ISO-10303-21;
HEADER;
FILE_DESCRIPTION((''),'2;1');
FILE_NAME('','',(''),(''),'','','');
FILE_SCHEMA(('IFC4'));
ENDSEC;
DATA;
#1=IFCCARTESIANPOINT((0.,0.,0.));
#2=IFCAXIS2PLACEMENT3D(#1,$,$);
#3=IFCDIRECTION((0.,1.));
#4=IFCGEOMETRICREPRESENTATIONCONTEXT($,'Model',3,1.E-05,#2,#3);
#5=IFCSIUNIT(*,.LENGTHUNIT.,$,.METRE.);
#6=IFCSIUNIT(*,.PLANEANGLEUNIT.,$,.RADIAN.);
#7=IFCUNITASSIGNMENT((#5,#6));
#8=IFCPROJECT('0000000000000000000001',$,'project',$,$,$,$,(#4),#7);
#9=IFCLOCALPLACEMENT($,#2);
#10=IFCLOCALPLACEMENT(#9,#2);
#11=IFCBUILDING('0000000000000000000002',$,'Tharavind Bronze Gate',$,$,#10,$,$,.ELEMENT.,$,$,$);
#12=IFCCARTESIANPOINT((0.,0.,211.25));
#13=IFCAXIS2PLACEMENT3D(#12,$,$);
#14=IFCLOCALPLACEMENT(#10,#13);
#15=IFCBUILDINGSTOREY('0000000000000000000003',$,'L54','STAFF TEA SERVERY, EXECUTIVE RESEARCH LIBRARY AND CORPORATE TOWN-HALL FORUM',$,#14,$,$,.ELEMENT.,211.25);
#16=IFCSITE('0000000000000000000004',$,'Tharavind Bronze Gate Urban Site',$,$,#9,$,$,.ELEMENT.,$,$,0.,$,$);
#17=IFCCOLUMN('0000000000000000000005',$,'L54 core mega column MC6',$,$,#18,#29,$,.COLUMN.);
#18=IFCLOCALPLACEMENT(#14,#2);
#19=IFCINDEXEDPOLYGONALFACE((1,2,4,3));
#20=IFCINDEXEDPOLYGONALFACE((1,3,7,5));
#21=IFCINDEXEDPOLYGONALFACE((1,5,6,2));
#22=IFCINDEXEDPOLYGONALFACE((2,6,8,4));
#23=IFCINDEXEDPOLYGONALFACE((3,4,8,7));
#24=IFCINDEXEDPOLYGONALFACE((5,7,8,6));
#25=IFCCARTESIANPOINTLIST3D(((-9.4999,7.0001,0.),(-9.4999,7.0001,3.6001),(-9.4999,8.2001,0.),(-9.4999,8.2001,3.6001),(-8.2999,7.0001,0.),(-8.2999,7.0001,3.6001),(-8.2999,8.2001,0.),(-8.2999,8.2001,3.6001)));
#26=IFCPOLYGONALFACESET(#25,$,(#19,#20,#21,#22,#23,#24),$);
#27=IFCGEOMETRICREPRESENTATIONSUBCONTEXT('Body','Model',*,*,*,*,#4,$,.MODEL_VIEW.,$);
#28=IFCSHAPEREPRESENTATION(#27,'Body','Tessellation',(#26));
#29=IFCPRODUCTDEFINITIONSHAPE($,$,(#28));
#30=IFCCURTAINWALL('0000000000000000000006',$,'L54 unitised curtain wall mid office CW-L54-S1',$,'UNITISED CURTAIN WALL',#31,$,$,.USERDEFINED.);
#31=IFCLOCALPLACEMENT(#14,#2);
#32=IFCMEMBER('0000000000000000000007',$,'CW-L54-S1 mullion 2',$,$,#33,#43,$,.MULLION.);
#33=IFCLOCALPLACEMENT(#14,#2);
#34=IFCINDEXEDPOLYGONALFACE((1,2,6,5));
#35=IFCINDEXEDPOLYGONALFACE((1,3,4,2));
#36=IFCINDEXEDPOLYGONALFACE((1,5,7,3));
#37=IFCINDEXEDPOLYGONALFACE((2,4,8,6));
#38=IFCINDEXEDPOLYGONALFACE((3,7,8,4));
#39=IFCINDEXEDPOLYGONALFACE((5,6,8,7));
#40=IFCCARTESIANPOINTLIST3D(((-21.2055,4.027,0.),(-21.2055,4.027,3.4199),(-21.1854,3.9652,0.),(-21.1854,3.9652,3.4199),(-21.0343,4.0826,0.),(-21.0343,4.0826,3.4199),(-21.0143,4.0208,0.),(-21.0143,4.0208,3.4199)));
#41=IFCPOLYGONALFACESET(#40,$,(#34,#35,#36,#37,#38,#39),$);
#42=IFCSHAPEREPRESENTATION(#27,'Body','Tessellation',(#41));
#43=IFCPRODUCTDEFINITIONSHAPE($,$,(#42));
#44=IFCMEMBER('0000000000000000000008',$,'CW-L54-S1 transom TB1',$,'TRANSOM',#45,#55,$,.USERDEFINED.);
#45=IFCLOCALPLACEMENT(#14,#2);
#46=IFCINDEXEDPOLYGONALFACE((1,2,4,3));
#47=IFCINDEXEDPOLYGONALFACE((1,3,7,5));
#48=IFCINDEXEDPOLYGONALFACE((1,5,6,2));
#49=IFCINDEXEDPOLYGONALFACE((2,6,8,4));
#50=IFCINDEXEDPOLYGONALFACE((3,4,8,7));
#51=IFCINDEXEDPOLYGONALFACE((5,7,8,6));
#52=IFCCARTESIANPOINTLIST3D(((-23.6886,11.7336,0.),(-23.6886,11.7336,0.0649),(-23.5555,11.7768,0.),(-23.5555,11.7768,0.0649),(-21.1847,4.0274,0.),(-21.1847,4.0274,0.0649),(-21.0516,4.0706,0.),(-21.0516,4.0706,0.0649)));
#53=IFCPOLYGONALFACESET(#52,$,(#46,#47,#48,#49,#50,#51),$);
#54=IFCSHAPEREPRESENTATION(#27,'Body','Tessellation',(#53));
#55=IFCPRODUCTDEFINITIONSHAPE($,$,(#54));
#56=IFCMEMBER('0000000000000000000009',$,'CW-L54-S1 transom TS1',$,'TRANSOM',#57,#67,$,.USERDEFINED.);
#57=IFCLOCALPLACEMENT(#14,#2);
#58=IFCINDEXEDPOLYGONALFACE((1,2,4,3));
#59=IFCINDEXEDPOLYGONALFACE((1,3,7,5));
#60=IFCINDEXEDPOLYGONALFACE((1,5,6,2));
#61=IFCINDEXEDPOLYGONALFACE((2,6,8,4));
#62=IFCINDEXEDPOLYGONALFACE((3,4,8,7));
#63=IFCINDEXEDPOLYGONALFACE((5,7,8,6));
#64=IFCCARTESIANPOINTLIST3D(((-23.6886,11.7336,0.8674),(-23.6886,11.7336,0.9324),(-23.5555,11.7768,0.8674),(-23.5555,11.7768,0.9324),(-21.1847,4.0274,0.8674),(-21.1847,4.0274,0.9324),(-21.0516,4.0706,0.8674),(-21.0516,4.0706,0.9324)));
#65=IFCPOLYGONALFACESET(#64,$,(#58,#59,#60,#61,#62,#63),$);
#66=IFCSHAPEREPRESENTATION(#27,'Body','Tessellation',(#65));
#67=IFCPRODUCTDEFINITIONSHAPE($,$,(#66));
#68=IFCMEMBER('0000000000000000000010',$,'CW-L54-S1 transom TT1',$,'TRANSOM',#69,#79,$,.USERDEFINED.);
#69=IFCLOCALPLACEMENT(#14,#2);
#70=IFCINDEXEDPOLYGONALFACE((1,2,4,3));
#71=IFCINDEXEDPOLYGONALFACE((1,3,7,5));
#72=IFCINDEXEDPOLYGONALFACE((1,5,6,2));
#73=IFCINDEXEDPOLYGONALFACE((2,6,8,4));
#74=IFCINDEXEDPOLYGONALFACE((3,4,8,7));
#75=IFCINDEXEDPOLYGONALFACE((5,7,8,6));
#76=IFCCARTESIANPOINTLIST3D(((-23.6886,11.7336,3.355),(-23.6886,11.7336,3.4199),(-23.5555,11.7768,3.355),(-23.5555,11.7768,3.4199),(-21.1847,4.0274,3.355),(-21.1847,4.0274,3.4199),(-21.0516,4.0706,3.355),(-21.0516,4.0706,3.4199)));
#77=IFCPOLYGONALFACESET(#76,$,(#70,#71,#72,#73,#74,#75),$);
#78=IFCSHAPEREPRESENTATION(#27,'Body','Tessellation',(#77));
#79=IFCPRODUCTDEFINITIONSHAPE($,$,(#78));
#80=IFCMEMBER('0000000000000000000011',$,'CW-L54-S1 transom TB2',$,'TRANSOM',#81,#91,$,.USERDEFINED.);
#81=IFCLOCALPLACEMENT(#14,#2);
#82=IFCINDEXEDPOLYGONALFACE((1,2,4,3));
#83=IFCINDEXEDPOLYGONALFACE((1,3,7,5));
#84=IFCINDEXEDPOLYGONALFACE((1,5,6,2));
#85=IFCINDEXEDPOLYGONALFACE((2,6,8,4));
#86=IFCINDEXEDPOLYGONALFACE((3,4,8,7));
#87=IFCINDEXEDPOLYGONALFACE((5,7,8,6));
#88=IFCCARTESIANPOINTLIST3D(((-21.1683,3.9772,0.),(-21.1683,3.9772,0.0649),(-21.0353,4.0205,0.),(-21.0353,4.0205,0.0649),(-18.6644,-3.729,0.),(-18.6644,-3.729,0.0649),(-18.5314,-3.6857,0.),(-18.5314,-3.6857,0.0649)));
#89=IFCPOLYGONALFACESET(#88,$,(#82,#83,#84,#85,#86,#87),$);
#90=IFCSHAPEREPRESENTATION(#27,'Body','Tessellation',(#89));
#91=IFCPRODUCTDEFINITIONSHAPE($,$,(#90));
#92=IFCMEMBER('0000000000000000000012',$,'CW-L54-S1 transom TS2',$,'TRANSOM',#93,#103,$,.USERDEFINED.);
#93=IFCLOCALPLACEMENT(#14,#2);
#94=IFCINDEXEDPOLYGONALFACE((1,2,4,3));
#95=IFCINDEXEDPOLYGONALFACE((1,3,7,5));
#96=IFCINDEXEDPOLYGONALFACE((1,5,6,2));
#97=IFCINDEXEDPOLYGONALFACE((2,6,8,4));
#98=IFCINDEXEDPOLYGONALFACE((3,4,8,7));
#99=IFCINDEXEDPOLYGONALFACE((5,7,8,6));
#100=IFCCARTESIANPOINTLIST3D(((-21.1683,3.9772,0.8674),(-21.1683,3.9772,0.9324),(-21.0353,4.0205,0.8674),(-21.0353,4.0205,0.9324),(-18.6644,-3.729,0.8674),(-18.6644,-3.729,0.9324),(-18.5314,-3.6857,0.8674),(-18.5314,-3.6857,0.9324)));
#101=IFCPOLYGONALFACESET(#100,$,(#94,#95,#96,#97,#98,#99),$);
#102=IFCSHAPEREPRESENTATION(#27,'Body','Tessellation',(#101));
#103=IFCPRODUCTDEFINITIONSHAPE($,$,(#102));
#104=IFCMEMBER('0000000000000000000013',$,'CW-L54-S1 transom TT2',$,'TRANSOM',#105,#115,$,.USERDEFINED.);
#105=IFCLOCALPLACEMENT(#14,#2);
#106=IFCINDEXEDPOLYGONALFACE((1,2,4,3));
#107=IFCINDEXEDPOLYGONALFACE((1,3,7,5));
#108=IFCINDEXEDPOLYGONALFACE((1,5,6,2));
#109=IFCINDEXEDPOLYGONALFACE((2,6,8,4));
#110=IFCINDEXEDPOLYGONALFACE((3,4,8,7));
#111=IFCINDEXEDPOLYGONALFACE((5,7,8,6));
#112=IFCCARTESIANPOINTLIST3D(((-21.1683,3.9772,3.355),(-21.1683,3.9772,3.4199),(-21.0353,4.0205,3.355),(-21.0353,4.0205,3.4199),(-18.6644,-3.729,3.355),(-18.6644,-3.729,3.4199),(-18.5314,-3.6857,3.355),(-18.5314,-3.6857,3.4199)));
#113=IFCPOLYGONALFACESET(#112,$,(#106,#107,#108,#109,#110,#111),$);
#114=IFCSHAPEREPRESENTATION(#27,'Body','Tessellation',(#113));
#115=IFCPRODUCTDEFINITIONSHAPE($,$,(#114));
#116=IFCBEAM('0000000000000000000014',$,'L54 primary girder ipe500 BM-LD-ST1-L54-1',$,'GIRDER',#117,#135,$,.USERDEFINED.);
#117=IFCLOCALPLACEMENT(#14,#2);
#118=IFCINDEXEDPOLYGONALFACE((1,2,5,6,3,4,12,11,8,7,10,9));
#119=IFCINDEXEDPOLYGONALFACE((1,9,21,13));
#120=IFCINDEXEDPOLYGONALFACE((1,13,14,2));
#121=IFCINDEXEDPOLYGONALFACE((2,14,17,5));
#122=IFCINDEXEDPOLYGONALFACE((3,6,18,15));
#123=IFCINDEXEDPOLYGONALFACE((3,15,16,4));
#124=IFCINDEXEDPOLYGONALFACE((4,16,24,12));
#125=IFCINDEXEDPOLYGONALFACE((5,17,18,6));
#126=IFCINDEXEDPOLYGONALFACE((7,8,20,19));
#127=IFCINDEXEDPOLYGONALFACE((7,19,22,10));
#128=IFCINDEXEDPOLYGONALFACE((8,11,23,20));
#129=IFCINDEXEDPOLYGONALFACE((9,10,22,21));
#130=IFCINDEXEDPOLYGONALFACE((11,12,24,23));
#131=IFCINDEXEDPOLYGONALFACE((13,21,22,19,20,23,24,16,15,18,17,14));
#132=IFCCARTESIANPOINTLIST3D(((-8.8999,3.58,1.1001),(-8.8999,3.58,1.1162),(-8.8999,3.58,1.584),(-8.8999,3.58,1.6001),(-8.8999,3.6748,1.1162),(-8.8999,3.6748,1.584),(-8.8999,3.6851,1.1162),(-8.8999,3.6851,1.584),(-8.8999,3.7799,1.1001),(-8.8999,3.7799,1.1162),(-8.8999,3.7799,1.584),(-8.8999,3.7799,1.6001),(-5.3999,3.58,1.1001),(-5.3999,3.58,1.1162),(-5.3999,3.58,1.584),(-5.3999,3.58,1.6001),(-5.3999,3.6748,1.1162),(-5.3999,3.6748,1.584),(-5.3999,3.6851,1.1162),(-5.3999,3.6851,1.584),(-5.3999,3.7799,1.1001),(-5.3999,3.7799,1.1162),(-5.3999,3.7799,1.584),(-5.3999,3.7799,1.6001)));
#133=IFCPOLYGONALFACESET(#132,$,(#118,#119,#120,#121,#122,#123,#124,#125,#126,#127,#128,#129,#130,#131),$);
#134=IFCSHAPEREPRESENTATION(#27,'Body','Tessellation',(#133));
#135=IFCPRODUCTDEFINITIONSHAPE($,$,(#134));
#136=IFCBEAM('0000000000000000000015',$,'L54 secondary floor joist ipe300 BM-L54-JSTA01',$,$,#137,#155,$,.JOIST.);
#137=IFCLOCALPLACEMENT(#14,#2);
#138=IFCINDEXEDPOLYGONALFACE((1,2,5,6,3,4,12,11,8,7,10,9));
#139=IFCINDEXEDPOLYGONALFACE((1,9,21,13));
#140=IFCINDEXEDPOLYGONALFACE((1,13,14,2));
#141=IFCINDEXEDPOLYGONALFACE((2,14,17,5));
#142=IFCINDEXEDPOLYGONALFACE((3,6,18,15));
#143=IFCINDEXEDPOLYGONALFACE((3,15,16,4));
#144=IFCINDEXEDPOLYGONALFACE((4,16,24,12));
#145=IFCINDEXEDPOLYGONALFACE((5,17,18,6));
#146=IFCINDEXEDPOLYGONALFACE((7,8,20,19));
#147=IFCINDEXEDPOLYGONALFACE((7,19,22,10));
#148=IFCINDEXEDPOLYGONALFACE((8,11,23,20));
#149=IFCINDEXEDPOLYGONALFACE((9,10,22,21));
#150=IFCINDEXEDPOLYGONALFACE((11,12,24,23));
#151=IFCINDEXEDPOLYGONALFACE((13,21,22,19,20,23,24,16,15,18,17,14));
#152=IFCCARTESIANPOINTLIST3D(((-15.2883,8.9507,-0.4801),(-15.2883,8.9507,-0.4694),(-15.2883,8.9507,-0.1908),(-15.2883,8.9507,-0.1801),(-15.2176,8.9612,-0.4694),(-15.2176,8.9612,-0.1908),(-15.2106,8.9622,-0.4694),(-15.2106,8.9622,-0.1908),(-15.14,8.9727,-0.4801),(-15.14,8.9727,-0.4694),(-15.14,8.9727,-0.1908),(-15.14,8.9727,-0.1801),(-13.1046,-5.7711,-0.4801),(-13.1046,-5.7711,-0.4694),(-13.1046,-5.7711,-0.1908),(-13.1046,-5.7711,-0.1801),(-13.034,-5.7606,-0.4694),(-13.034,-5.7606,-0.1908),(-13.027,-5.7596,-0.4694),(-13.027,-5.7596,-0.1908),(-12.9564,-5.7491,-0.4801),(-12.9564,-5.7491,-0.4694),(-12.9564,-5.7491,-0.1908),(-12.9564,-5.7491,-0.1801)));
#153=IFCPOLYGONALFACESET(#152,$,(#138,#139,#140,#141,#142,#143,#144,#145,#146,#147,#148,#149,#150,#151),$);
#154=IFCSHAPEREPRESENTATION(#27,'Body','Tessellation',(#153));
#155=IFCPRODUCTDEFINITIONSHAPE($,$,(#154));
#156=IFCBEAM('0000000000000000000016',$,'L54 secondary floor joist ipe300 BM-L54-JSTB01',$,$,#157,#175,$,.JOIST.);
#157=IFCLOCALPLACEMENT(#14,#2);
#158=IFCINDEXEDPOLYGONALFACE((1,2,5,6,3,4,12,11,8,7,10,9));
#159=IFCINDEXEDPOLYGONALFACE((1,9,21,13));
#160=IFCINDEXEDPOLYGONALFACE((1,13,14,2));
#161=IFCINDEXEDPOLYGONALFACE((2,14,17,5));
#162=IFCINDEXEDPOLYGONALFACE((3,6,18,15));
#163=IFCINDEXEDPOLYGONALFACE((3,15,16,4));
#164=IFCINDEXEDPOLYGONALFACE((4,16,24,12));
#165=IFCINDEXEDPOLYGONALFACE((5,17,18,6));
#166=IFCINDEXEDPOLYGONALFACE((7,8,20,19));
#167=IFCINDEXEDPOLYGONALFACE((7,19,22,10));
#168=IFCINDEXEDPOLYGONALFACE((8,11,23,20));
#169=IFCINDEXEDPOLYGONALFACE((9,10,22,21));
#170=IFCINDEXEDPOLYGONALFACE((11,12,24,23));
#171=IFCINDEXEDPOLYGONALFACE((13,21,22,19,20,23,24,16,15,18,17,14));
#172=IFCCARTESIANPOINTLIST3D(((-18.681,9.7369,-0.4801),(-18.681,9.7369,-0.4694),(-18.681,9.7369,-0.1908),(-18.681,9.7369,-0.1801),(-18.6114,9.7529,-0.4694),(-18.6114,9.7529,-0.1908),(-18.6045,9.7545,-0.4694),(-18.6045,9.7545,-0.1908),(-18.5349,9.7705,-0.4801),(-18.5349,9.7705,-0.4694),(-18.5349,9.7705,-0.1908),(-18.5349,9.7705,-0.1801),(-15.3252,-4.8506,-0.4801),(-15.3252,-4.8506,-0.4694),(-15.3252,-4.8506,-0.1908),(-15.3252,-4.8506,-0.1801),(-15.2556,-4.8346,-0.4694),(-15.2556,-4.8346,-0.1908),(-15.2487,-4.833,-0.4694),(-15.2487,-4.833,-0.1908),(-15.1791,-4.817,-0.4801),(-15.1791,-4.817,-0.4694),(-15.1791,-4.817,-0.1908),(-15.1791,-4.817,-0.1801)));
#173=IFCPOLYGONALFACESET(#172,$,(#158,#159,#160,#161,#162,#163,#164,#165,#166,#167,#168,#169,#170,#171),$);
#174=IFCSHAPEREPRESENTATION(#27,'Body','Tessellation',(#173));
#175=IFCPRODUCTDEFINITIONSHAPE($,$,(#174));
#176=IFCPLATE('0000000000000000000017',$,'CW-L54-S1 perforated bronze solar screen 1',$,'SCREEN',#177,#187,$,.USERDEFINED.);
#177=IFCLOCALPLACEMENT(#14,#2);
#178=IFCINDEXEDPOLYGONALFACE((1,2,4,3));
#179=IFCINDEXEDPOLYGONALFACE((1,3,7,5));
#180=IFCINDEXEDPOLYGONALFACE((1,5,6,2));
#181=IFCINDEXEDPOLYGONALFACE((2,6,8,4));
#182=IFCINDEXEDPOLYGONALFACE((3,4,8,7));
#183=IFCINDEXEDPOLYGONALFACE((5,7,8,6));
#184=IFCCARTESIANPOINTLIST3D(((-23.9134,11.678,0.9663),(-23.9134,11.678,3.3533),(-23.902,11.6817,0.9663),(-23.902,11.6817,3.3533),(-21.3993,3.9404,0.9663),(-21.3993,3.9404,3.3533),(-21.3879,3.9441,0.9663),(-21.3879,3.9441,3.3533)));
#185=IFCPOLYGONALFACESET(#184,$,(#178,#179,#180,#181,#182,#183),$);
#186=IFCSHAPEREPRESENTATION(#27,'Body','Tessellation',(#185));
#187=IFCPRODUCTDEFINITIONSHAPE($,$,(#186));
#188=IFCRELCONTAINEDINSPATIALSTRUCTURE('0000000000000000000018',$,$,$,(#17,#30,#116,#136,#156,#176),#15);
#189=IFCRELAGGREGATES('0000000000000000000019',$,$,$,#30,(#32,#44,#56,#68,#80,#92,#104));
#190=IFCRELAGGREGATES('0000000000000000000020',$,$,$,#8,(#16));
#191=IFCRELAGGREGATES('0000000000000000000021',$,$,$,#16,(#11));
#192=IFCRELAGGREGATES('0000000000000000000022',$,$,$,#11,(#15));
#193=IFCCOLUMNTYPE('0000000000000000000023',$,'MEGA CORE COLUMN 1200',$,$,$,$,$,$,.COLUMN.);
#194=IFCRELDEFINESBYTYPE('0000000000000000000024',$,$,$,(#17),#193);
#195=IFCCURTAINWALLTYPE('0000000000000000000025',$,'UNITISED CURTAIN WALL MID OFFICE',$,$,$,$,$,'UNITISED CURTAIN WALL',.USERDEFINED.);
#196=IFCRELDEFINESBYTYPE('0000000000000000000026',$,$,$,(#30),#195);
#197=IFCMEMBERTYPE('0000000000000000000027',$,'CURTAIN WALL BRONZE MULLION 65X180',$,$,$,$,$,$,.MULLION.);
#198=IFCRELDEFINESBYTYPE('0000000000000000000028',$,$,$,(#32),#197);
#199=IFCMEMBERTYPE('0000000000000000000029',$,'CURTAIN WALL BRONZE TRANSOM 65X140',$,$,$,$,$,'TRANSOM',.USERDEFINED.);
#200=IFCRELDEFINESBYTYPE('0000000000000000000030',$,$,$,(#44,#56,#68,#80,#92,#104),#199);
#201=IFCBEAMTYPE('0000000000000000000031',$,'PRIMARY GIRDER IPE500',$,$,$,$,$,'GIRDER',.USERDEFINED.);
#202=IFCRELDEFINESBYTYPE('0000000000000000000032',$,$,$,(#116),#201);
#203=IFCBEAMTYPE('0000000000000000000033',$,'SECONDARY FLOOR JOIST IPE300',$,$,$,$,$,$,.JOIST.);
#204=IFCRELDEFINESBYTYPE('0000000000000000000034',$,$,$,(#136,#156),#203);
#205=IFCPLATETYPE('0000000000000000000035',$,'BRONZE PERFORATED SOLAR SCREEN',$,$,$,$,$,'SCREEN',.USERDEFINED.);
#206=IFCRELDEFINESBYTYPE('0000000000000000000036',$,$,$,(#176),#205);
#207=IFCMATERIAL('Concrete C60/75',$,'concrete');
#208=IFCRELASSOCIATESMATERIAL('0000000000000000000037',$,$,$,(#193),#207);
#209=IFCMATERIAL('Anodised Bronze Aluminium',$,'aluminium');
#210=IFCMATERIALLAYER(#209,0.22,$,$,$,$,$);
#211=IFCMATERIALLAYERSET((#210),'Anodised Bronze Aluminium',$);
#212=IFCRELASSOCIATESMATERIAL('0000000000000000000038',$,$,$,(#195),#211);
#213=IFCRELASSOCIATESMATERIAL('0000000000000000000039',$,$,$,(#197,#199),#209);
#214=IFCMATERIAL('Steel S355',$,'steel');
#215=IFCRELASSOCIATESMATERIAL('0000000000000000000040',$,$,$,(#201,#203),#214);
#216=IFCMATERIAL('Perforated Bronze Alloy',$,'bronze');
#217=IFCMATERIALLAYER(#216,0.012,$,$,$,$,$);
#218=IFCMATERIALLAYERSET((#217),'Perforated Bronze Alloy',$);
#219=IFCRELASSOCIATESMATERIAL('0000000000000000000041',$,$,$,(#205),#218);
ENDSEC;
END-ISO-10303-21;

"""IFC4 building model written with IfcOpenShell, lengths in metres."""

from ifc_helpers import new_model, si_unit, direction, frame, origin, origin_2d, place, context, subcontext, project, spatial, rectangle, i_section, extrude, material, layer, layer_set, material_profile, profile_set, type_object, element, aggregate, save


model = new_model("IFC4")

# Units and contexts
model_context = context("Model", 3, precision=1e-05, world=origin(), true_north=direction((0.0, 1.0)))
body_context = subcontext(model_context, "Body", "Model", "MODEL_VIEW")
ifc_project = project(units=[si_unit("LENGTHUNIT", "METRE"), si_unit("PLANEANGLEUNIT", "RADIAN")], contexts=[model_context])

# Site, building, storey
site_placement = place(None, origin())
site = spatial("IfcSite", under=ifc_project, at=site_placement, Name="Tharavind Bronze Gate Urban Site", CompositionType="ELEMENT", RefElevation=0.0)
building_placement = place(site_placement, origin())
building = spatial("IfcBuilding", under=site, at=building_placement, Name="Tharavind Bronze Gate", CompositionType="ELEMENT")
storey_placement = place(building_placement, frame((0.0, 0.0, 211.25)))
storey = spatial("IfcBuildingStorey", under=building, at=storey_placement, Name="L54", Description="STAFF TEA SERVERY, EXECUTIVE RESEARCH LIBRARY AND CORPORATE TOWN-HALL FORUM", CompositionType="ELEMENT", Elevation=211.25)

# Column
ifc_material_1 = material(Name="Concrete C60/75", Category="concrete")
ifc_material_profile_1 = material_profile(ifc_material_1, rectangle(XDim=1.2, YDim=1.2, at=origin_2d()), Name="RCCOL1200")
ifc_profile_set_1 = profile_set([ifc_material_profile_1], Name="Concrete C60/75")
column_type = type_object("IfcColumnType", Name="MEGA CORE COLUMN 1200", PredefinedType="COLUMN", material=ifc_profile_set_1)
column_placement = place(storey_placement, frame((-8.8999, 7.6001, 0.0), z_axis=(0.0, 0.0, 1.0), x_axis=(1.0, 0.0, 0.0)))
element("IfcColumn", 1, at=column_placement, inside=storey, type_object=column_type, Name="L54 core mega column MC6", PredefinedType="COLUMN", context=body_context, shape_type="SweptSolid", body=[
    extrude(rectangle(XDim=1.2, YDim=1.2, at=origin_2d()), origin(), (0.0, 0.0, 1.0), 3.6001),
])

# Curtain wall, members
ifc_material_2 = material(Name="Anodised Bronze Aluminium", Category="aluminium")
ifc_layer_1 = layer(ifc_material_2, 0.22)
ifc_layer_set_1 = layer_set([ifc_layer_1], Name="Anodised Bronze Aluminium")
curtain_wall_type = type_object("IfcCurtainWallType", Name="UNITISED CURTAIN WALL MID OFFICE", ElementType="UNITISED CURTAIN WALL", PredefinedType="USERDEFINED", material=ifc_layer_set_1)
curtain_wall_placement = place(storey_placement, origin())
curtain_wall = element("IfcCurtainWall", 2, at=curtain_wall_placement, inside=storey, type_object=curtain_wall_type, Name="L54 unitised curtain wall mid office CW-L54-S1", ObjectType="UNITISED CURTAIN WALL", PredefinedType="USERDEFINED")
member_type_1 = type_object("IfcMemberType", Name="CURTAIN WALL BRONZE MULLION 65X180", PredefinedType="MULLION", material=ifc_material_2)
member_1_placement = place(storey_placement, frame((-21.1099, 4.0239, 0.0), z_axis=(0.0, 0.0, 1.0), x_axis=(0.309017, -0.951057, 0.0)))
member_1 = element("IfcMember", 3, at=member_1_placement, type_object=member_type_1, Name="CW-L54-S1 mullion 2", PredefinedType="MULLION", context=body_context, shape_type="SweptSolid", body=[
    extrude(rectangle(XDim=0.0649, YDim=0.1799, at=origin_2d()), origin(), (0.0, 0.0, 1.0), 3.4199),
])
member_type_2 = type_object("IfcMemberType", Name="CURTAIN WALL BRONZE TRANSOM 65X140", ElementType="TRANSOM", PredefinedType="USERDEFINED", material=ifc_material_2)
member_2_placement = place(storey_placement, frame((-22.3701, 7.9021, 0.0), z_axis=(0.0, 0.0, 1.0), x_axis=(0.309017, -0.951057, 0.0)))
member_2 = element("IfcMember", 4, at=member_2_placement, type_object=member_type_2, Name="CW-L54-S1 transom TB1", ObjectType="TRANSOM", PredefinedType="USERDEFINED", context=body_context, shape_type="SweptSolid", body=[
    extrude(rectangle(XDim=8.1028, YDim=0.1399, at=origin_2d()), origin(), (0.0, 0.0, 1.0), 0.0649),
])
member_3_placement = place(storey_placement, frame((-22.3701, 7.9021, 0.8674), z_axis=(0.0, 0.0, 1.0), x_axis=(0.309017, -0.951057, 0.0)))
member_3 = element("IfcMember", 5, at=member_3_placement, type_object=member_type_2, Name="CW-L54-S1 transom TS1", ObjectType="TRANSOM", PredefinedType="USERDEFINED", context=body_context, shape_type="SweptSolid", body=[
    extrude(rectangle(XDim=8.1028, YDim=0.1399, at=origin_2d()), origin(), (0.0, 0.0, 1.0), 0.0649),
])
member_4_placement = place(storey_placement, frame((-22.3701, 7.9021, 3.355), z_axis=(0.0, 0.0, 1.0), x_axis=(0.309017, -0.951057, 0.0)))
member_4 = element("IfcMember", 6, at=member_4_placement, type_object=member_type_2, Name="CW-L54-S1 transom TT1", ObjectType="TRANSOM", PredefinedType="USERDEFINED", context=body_context, shape_type="SweptSolid", body=[
    extrude(rectangle(XDim=8.1028, YDim=0.1399, at=origin_2d()), origin(), (0.0, 0.0, 1.0), 0.0649),
])
member_5_placement = place(storey_placement, frame((-19.8499, 0.1458, 0.0), z_axis=(0.0, 0.0, 1.0), x_axis=(0.309017, -0.951057, 0.0)))
member_5 = element("IfcMember", 7, at=member_5_placement, type_object=member_type_2, Name="CW-L54-S1 transom TB2", ObjectType="TRANSOM", PredefinedType="USERDEFINED", context=body_context, shape_type="SweptSolid", body=[
    extrude(rectangle(XDim=8.1028, YDim=0.1399, at=origin_2d()), origin(), (0.0, 0.0, 1.0), 0.0649),
])
member_6_placement = place(storey_placement, frame((-19.8499, 0.1458, 0.8674), z_axis=(0.0, 0.0, 1.0), x_axis=(0.309017, -0.951057, 0.0)))
member_6 = element("IfcMember", 8, at=member_6_placement, type_object=member_type_2, Name="CW-L54-S1 transom TS2", ObjectType="TRANSOM", PredefinedType="USERDEFINED", context=body_context, shape_type="SweptSolid", body=[
    extrude(rectangle(XDim=8.1028, YDim=0.1399, at=origin_2d()), origin(), (0.0, 0.0, 1.0), 0.0649),
])
member_7_placement = place(storey_placement, frame((-19.8499, 0.1458, 3.355), z_axis=(0.0, 0.0, 1.0), x_axis=(0.309017, -0.951057, 0.0)))
member_7 = element("IfcMember", 9, at=member_7_placement, type_object=member_type_2, Name="CW-L54-S1 transom TT2", ObjectType="TRANSOM", PredefinedType="USERDEFINED", context=body_context, shape_type="SweptSolid", body=[
    extrude(rectangle(XDim=8.1028, YDim=0.1399, at=origin_2d()), origin(), (0.0, 0.0, 1.0), 0.0649),
])

# Beams
ifc_material_3 = material(Name="Steel S355", Category="steel")
ifc_material_profile_2 = material_profile(ifc_material_3, i_section(OverallWidth=0.2, OverallDepth=0.5, WebThickness=0.0103, FlangeThickness=0.0161, at=origin_2d()), Name="IPE500")
ifc_profile_set_2 = profile_set([ifc_material_profile_2], Name="Steel S355")
beam_type_1 = type_object("IfcBeamType", Name="PRIMARY GIRDER IPE500", ElementType="GIRDER", PredefinedType="USERDEFINED", material=ifc_profile_set_2)
beam_1_placement = place(storey_placement, frame((-8.8999, 3.6799, 1.3501), z_axis=(1.0, 0.0, 0.0), x_axis=(0.0, 1.0, 0.0)))
element("IfcBeam", 10, at=beam_1_placement, inside=storey, type_object=beam_type_1, Name="L54 primary girder ipe500 BM-LD-ST1-L54-1", ObjectType="GIRDER", PredefinedType="USERDEFINED", context=body_context, shape_type="SweptSolid", body=[
    extrude(i_section(OverallWidth=0.2, OverallDepth=0.5, WebThickness=0.0103, FlangeThickness=0.0161, at=origin_2d()), origin(), (0.0, 0.0, 1.0), 3.5),
])
ifc_material_profile_3 = material_profile(ifc_material_3, i_section(OverallWidth=0.1499, OverallDepth=0.3, WebThickness=0.0071, FlangeThickness=0.0107, at=origin_2d()), Name="IPE300")
ifc_profile_set_3 = profile_set([ifc_material_profile_3], Name="Steel S355")
beam_type_2 = type_object("IfcBeamType", Name="SECONDARY FLOOR JOIST IPE300", PredefinedType="JOIST", material=ifc_profile_set_3)
beam_2_placement = place(storey_placement, frame((-15.2141, 8.9617, -0.3301), z_axis=(0.14672, -0.989178, 0.0), x_axis=(0.989178, 0.14672, 0.0)))
element("IfcBeam", 11, at=beam_2_placement, inside=storey, type_object=beam_type_2, Name="L54 secondary floor joist ipe300 BM-L54-JSTA01", PredefinedType="JOIST", context=body_context, shape_type="SweptSolid", body=[
    extrude(i_section(OverallWidth=0.1499, OverallDepth=0.3, WebThickness=0.0071, FlangeThickness=0.0107, at=origin_2d()), origin(), (0.0, 0.0, 1.0), 14.8828),
])
beam_3_placement = place(storey_placement, frame((-18.6079, 9.7537, -0.3301), z_axis=(0.224186, -0.974546, 0.0), x_axis=(0.974546, 0.224186, 0.0)))
element("IfcBeam", 12, at=beam_3_placement, inside=storey, type_object=beam_type_2, Name="L54 secondary floor joist ipe300 BM-L54-JSTB01", PredefinedType="JOIST", context=body_context, shape_type="SweptSolid", body=[
    extrude(i_section(OverallWidth=0.1499, OverallDepth=0.3, WebThickness=0.0071, FlangeThickness=0.0107, at=origin_2d()), origin(), (0.0, 0.0, 1.0), 14.9685),
])

# Plate
ifc_material_4 = material(Name="Perforated Bronze Alloy", Category="bronze")
ifc_layer_2 = layer(ifc_material_4, 0.012)
ifc_layer_set_2 = layer_set([ifc_layer_2], Name="Perforated Bronze Alloy")
plate_type_1 = type_object("IfcPlateType", Name="BRONZE PERFORATED SOLAR SCREEN", ElementType="SCREEN", PredefinedType="USERDEFINED", material=ifc_layer_set_2)
plate_1_placement = place(storey_placement, frame((-22.6506, 7.811, 0.9663), z_axis=(0.0, 0.0, 1.0), x_axis=(0.309017, -0.951057, 0.0)))
element("IfcPlate", 13, at=plate_1_placement, inside=storey, type_object=plate_type_1, Name="CW-L54-S1 perforated bronze solar screen 1", ObjectType="SCREEN", PredefinedType="USERDEFINED", context=body_context, shape_type="SweptSolid", body=[
    extrude(rectangle(XDim=8.1357, YDim=0.012, at=origin_2d()), origin(), (0.0, 0.0, 1.0), 2.387),
])
aggregate(curtain_wall, [member_1, member_2, member_3, member_4, member_5, member_6, member_7])

save(model, "model.ifc")
